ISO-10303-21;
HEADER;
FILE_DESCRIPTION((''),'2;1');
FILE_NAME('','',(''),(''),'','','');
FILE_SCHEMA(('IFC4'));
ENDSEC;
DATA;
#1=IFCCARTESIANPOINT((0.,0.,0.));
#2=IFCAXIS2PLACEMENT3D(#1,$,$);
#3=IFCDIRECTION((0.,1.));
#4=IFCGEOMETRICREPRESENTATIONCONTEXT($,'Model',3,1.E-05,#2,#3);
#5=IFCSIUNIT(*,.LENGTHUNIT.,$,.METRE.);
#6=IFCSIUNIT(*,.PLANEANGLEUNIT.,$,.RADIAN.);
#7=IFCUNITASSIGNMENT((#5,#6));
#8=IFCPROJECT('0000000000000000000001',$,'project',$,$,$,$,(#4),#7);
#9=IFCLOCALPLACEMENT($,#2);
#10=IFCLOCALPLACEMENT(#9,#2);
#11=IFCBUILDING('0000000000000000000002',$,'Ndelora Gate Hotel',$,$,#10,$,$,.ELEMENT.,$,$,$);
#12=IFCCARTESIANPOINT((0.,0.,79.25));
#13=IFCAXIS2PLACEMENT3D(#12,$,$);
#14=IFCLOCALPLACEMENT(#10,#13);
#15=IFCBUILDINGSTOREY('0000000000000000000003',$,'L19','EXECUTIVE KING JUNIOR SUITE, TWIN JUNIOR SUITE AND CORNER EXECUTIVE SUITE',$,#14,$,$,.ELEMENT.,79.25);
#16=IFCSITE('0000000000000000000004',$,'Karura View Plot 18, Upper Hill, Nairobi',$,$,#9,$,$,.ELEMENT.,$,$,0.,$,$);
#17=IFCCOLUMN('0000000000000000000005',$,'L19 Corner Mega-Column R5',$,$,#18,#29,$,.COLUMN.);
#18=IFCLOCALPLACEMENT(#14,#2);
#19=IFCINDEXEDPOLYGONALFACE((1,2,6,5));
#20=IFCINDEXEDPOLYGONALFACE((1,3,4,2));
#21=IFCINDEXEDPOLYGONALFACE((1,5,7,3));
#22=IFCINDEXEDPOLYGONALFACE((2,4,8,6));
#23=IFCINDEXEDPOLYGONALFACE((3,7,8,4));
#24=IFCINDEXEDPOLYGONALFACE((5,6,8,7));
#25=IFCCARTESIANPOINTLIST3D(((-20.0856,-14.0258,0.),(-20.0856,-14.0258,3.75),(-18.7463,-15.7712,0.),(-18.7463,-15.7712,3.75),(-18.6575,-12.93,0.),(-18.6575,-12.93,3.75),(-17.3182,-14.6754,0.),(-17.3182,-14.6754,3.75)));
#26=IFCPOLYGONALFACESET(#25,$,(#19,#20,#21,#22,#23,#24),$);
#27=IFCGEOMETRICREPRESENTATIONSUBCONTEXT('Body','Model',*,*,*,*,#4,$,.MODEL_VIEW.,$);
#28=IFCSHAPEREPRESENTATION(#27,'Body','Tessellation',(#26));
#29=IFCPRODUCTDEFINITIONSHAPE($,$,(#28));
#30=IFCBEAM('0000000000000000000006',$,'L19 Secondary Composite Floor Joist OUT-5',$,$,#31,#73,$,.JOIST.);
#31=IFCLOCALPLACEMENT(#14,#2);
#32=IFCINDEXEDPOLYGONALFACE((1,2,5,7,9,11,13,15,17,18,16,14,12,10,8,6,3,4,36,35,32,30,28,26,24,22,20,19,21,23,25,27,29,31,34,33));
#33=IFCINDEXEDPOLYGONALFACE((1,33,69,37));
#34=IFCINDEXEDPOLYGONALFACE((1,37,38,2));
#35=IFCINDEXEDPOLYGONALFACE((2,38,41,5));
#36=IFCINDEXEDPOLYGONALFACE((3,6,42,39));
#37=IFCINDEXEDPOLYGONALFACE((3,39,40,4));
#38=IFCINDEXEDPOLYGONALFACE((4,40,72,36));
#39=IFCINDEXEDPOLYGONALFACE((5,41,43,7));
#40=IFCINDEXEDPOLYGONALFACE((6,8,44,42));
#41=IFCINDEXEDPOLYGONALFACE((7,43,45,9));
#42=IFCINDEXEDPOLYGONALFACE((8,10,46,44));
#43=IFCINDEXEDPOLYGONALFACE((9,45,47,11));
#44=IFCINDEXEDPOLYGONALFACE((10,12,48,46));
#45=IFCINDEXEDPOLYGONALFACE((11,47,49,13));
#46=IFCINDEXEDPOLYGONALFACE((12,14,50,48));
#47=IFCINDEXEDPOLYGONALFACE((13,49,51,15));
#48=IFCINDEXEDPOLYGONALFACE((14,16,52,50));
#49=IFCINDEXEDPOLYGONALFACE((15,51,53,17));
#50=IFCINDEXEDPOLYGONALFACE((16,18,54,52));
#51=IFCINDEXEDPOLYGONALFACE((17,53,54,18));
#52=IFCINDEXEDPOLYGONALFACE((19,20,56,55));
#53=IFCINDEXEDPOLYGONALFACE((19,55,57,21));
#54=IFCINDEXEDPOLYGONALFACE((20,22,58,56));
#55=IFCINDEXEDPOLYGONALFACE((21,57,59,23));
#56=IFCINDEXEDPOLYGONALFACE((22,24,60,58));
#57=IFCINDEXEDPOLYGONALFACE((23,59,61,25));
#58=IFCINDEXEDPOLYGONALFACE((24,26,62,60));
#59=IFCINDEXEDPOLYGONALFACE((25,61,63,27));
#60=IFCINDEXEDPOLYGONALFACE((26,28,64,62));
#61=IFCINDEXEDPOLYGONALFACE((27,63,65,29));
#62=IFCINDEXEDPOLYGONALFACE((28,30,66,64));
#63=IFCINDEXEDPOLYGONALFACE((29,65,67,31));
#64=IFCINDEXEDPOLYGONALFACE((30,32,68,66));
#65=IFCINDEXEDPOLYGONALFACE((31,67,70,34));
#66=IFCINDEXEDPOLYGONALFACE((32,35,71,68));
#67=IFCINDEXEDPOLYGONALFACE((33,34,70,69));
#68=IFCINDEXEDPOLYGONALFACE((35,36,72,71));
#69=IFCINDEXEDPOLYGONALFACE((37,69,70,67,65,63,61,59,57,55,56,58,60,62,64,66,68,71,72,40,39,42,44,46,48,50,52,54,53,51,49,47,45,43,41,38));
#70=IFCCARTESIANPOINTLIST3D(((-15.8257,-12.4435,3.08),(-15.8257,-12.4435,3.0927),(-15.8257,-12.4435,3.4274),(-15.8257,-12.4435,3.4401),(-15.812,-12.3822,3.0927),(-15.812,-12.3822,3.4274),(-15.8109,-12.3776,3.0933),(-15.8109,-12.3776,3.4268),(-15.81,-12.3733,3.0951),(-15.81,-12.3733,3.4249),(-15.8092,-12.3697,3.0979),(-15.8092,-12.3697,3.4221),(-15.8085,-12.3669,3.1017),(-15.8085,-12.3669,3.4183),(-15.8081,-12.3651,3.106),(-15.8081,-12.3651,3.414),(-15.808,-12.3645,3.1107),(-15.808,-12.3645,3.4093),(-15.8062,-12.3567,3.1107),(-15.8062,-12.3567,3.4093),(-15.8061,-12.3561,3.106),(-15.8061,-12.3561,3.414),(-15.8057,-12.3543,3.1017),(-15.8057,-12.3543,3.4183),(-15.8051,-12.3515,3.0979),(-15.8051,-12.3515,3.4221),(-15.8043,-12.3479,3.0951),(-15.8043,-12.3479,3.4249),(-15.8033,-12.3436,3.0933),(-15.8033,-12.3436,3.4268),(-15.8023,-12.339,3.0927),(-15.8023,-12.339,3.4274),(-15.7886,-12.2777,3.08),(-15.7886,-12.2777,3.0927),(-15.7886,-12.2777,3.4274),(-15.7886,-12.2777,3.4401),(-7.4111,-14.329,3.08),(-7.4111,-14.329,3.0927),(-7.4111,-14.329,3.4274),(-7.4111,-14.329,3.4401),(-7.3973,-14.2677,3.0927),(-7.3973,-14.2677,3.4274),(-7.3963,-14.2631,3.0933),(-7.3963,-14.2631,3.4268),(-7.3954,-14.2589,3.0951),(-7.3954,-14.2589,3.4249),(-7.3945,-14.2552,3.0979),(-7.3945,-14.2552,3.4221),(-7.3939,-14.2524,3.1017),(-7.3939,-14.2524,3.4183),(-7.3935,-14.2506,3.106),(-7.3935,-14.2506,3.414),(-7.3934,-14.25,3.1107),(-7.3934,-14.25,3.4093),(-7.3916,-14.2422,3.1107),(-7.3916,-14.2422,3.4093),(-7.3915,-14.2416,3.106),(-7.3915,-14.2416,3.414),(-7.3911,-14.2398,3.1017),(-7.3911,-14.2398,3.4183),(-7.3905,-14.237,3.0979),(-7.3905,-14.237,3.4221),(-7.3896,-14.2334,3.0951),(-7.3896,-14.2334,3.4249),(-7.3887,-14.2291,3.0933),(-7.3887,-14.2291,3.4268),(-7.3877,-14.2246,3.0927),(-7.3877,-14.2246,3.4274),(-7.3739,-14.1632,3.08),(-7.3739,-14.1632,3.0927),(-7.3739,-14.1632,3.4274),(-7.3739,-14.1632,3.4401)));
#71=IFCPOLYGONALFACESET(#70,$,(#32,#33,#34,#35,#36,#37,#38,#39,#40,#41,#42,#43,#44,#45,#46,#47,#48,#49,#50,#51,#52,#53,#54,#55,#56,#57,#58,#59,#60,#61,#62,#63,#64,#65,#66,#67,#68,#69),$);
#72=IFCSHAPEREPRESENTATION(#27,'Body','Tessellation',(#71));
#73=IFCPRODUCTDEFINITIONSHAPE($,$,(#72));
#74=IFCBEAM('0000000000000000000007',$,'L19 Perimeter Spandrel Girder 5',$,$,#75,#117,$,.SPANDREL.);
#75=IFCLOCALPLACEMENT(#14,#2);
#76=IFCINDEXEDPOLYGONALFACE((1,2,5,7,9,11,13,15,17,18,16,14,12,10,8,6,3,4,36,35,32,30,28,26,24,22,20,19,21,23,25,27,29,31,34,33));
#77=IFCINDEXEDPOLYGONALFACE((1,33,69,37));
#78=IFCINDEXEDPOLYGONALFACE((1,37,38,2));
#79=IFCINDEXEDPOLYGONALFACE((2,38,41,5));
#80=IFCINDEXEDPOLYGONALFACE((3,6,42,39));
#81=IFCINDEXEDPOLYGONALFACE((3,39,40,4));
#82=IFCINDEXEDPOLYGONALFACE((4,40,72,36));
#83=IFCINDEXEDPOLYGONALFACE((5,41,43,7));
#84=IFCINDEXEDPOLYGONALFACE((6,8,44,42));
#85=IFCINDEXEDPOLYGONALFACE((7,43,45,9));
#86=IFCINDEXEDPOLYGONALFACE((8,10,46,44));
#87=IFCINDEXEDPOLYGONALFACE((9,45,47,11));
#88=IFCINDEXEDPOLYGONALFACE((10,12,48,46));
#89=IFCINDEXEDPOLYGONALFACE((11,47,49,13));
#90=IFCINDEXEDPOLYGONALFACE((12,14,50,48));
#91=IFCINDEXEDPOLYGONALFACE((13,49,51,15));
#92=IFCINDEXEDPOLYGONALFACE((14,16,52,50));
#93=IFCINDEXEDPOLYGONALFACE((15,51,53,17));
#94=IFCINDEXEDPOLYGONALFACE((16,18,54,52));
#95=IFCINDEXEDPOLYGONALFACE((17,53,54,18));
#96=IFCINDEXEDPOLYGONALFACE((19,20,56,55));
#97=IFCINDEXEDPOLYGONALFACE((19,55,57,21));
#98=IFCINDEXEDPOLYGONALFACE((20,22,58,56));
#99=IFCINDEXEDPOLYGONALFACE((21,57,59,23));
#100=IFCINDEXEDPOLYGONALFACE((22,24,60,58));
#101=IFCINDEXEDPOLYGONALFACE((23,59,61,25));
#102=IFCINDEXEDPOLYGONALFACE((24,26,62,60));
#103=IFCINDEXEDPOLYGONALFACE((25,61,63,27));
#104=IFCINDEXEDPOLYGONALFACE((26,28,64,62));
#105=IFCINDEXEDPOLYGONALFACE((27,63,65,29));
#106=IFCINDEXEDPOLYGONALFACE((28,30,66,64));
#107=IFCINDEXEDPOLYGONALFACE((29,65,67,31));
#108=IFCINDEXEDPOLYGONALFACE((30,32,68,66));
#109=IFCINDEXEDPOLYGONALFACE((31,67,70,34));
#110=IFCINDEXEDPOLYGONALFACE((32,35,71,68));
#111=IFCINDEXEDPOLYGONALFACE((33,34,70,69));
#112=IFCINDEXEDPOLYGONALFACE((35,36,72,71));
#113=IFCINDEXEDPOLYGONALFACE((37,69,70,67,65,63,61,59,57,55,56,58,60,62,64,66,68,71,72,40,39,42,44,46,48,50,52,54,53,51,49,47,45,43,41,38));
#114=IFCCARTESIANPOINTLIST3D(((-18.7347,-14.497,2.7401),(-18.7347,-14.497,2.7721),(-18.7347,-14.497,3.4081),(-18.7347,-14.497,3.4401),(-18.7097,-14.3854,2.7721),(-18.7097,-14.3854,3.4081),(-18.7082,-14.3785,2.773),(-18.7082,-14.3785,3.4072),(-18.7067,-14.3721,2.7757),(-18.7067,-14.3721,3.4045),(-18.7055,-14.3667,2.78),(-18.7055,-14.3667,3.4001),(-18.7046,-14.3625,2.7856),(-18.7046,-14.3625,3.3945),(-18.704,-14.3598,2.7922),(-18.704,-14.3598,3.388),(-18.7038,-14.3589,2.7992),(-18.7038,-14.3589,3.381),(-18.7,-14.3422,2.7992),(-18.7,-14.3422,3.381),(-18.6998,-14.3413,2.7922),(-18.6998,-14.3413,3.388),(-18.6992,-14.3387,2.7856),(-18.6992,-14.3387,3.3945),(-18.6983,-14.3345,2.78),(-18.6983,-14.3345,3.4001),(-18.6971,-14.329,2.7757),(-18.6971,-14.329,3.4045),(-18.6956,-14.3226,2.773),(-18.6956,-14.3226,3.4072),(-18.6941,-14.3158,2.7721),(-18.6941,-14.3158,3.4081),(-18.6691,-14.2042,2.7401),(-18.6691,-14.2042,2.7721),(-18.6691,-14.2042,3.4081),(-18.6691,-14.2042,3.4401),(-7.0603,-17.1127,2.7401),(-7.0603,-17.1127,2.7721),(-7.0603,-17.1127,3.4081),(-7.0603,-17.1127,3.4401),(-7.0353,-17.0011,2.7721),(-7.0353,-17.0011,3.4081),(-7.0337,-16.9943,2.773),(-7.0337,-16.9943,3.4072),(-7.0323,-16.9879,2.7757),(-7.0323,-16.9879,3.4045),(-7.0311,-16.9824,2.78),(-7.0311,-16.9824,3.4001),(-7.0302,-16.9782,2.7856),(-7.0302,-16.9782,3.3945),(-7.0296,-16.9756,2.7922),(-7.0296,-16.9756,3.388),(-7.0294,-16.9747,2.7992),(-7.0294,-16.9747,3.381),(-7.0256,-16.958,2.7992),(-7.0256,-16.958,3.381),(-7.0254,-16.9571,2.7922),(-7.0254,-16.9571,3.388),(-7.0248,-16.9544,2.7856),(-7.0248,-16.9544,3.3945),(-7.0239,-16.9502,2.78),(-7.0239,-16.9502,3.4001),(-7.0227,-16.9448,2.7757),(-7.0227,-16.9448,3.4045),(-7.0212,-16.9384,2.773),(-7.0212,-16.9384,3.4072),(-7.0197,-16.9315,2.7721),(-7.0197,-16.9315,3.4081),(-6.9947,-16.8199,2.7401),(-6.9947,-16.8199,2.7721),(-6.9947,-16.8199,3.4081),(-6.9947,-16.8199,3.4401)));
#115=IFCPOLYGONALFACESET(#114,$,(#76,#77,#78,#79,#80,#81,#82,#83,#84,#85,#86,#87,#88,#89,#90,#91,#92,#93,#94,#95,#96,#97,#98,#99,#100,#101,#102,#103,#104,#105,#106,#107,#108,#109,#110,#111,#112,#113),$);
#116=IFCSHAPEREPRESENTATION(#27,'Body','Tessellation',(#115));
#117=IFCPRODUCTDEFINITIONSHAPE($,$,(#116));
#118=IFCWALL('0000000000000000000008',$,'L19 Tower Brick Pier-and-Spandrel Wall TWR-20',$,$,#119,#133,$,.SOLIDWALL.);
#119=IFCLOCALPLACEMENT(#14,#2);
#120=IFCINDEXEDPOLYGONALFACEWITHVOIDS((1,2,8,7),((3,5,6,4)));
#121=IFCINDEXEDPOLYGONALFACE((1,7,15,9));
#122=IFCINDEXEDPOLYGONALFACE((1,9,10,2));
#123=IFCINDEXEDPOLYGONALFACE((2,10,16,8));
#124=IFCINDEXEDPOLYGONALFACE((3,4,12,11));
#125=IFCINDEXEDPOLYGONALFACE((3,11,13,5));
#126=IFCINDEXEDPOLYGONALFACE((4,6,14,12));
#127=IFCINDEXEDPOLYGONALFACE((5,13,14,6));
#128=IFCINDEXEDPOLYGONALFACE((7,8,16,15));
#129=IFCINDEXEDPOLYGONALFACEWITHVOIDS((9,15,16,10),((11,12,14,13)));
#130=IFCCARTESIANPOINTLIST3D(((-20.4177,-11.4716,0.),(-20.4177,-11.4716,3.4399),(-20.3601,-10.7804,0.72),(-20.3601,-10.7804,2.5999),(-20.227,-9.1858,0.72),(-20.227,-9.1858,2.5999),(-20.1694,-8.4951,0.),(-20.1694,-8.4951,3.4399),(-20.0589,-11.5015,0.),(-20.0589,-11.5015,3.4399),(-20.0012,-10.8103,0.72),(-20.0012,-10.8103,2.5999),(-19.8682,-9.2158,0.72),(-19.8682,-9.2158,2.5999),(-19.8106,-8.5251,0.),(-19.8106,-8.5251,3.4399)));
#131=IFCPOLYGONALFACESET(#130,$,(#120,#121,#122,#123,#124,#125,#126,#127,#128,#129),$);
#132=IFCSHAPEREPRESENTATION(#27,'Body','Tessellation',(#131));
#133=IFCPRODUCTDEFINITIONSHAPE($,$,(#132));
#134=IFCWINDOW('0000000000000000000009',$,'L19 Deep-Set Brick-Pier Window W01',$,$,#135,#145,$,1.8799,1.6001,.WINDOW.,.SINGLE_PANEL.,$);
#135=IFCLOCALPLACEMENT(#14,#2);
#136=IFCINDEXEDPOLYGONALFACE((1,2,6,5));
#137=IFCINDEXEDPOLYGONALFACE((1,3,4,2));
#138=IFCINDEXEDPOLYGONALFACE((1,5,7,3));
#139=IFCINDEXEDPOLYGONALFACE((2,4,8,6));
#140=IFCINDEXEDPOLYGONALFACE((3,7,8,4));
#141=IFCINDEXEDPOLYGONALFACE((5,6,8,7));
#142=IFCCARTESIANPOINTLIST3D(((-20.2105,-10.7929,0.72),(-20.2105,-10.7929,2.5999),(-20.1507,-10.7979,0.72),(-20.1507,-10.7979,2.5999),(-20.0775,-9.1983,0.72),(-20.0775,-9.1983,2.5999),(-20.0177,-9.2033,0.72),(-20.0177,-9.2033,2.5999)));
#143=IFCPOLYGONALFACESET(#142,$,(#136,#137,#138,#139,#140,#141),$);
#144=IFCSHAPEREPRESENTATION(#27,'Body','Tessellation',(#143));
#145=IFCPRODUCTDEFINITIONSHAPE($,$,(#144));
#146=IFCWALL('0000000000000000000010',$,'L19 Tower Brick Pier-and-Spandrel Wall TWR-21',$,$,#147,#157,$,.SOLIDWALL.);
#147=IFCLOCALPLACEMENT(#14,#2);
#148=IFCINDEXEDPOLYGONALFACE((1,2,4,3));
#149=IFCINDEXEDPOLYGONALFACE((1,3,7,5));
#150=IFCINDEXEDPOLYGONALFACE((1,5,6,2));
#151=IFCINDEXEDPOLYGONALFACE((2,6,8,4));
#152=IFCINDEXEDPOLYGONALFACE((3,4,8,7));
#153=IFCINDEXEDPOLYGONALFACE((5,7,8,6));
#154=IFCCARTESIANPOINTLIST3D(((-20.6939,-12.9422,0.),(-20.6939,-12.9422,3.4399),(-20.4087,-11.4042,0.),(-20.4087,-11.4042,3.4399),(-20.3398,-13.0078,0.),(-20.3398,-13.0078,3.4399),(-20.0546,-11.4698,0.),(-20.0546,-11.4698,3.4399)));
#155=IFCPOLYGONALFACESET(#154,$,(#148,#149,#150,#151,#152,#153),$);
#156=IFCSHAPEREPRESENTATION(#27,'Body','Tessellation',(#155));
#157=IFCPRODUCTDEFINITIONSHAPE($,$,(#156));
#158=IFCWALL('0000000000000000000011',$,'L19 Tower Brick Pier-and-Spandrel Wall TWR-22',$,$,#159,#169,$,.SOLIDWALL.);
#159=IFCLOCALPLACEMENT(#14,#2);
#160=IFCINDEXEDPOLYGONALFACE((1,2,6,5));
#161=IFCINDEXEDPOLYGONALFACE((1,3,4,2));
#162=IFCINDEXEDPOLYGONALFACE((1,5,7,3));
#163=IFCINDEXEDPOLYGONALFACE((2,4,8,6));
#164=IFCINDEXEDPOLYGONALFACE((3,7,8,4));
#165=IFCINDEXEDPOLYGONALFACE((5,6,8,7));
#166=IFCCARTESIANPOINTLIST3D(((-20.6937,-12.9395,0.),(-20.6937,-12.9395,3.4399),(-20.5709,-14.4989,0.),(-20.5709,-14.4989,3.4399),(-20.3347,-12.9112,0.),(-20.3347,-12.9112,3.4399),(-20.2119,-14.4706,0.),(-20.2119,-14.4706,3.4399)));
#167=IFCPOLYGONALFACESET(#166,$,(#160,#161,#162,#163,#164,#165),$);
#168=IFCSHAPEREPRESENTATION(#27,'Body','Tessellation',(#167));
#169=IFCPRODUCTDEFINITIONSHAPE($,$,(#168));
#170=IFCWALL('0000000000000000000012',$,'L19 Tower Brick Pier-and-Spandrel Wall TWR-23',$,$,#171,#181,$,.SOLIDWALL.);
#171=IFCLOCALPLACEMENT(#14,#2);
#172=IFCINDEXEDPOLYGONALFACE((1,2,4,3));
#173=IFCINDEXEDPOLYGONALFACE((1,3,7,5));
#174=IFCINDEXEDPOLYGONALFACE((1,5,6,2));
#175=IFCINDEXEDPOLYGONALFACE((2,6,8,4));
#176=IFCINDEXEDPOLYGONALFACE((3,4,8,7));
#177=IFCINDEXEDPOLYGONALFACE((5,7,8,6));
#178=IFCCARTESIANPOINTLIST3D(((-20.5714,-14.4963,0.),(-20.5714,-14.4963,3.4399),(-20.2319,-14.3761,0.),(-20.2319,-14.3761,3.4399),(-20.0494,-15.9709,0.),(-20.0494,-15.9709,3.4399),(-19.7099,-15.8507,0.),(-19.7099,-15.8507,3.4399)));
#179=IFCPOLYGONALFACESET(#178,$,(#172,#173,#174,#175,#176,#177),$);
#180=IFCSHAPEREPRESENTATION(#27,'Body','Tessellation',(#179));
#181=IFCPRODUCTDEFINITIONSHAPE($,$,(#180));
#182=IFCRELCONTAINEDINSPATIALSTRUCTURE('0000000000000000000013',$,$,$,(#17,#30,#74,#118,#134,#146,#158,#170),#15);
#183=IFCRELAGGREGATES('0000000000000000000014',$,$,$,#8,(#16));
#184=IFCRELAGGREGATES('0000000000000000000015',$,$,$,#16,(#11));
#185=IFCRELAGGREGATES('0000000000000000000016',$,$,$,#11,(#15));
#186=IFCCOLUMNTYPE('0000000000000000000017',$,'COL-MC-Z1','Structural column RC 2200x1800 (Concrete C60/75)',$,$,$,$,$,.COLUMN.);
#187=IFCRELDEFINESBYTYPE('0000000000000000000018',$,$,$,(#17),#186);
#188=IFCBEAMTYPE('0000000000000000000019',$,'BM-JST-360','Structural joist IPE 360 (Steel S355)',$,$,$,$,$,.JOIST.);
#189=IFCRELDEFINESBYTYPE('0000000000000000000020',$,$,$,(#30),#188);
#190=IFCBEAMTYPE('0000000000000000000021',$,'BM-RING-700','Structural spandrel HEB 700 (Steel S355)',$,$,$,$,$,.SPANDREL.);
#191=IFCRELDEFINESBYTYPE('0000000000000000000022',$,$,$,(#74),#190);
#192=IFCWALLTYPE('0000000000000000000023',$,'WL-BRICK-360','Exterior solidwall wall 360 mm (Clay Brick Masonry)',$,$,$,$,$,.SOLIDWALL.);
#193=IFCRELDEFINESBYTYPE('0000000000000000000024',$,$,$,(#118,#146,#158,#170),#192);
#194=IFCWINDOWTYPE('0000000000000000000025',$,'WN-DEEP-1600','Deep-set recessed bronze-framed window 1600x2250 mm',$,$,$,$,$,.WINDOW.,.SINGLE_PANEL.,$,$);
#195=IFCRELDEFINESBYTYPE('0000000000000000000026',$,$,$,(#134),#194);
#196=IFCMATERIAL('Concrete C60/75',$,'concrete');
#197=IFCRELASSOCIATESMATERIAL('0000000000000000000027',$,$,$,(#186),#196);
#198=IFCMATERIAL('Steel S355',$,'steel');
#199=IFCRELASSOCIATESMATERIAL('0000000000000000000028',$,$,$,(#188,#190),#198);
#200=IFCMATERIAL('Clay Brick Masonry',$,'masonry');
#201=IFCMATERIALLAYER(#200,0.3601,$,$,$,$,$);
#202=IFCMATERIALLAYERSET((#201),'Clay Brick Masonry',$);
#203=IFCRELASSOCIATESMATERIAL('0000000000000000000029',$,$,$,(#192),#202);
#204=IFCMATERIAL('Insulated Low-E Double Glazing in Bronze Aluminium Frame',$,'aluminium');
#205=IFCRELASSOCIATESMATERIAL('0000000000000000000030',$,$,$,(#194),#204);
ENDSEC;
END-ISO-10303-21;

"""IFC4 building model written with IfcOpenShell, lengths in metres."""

from ifc_helpers import new_model, si_unit, direction, frame, frame_2d, origin, origin_2d, place, context, subcontext, project, spatial, rectangle, i_section, extrude, material, layer, layer_set, material_profile, profile_set, type_object, element, fill, save


model = new_model("IFC4")

# Units and contexts
model_context = context("Model", 3, precision=1e-05, world=origin(), true_north=direction((0.0, 1.0)))
body_context = subcontext(model_context, "Body", "Model", "MODEL_VIEW")
ifc_project = project(units=[si_unit("LENGTHUNIT", "METRE"), si_unit("PLANEANGLEUNIT", "RADIAN")], contexts=[model_context])

# Site, building, storey
site_placement = place(None, origin())
site = spatial("IfcSite", under=ifc_project, at=site_placement, Name="Karura View Plot 18, Upper Hill, Nairobi", CompositionType="ELEMENT", RefElevation=0.0)
building_placement = place(site_placement, origin())
building = spatial("IfcBuilding", under=site, at=building_placement, Name="Ndelora Gate Hotel", CompositionType="ELEMENT")
storey_placement = place(building_placement, frame((0.0, 0.0, 79.25)))
storey = spatial("IfcBuildingStorey", under=building, at=storey_placement, Name="L19", Description="EXECUTIVE KING JUNIOR SUITE, TWIN JUNIOR SUITE AND CORNER EXECUTIVE SUITE", CompositionType="ELEMENT", Elevation=79.25)

# Column
ifc_material_1 = material(Name="Concrete C60/75", Category="concrete")
ifc_material_profile_1 = material_profile(ifc_material_1, rectangle(XDim=1.8, YDim=2.2, at=origin_2d()), Name="RC 2200x1800")
ifc_profile_set_1 = profile_set([ifc_material_profile_1], Name="Concrete C60/75")
column_type = type_object("IfcColumnType", Name="COL-MC-Z1", Description="Structural column RC 2200x1800 (Concrete C60/75)", PredefinedType="COLUMN", material=ifc_profile_set_1)
column_placement = place(storey_placement, frame((-18.7019, -14.3506, 0.0), z_axis=(0.0, 0.0, 1.0), x_axis=(0.793353, 0.608761, 0.0)))
element("IfcColumn", 1, at=column_placement, inside=storey, type_object=column_type, Name="L19 Corner Mega-Column R5", PredefinedType="COLUMN", context=body_context, shape_type="SweptSolid", body=[
    extrude(rectangle(XDim=1.8, YDim=2.2, at=origin_2d()), origin(), (0.0, 0.0, 1.0), 3.75),
])

# Beams
ifc_material_2 = material(Name="Steel S355", Category="steel")
ifc_material_profile_2 = material_profile(ifc_material_2, i_section(OverallWidth=0.1699, OverallDepth=0.3601, WebThickness=0.0081, FlangeThickness=0.0127, FilletRadius=0.0181, at=origin_2d()), Name="IPE 360")
ifc_profile_set_2 = profile_set([ifc_material_profile_2], Name="Steel S355")
beam_type_1 = type_object("IfcBeamType", Name="BM-JST-360", Description="Structural joist IPE 360 (Steel S355)", PredefinedType="JOIST", material=ifc_profile_set_2)
beam_1_placement = place(storey_placement, frame((-15.8071, -12.3606, 3.26), z_axis=(0.975802, -0.218654, 0.0), x_axis=(0.218654, 0.975802, 0.0)))
element("IfcBeam", 2, at=beam_1_placement, inside=storey, type_object=beam_type_1, Name="L19 Secondary Composite Floor Joist OUT-5", PredefinedType="JOIST", context=body_context, shape_type="SweptSolid", body=[
    extrude(i_section(OverallWidth=0.1699, OverallDepth=0.3601, WebThickness=0.0081, FlangeThickness=0.0127, FilletRadius=0.0181, at=origin_2d()), origin(), (0.0, 0.0, 1.0), 8.6233),
])
ifc_material_profile_3 = material_profile(ifc_material_2, i_section(OverallWidth=0.3, OverallDepth=0.7, WebThickness=0.0171, FlangeThickness=0.032, FilletRadius=0.0271, at=origin_2d()), Name="HEB 700")
ifc_profile_set_3 = profile_set([ifc_material_profile_3], Name="Steel S355")
beam_type_2 = type_object("IfcBeamType", Name="BM-RING-700", Description="Structural spandrel HEB 700 (Steel S355)", PredefinedType="SPANDREL", material=ifc_profile_set_3)
beam_2_placement = place(storey_placement, frame((-18.7019, -14.3506, 3.0901), z_axis=(0.975806, -0.218637, 0.0), x_axis=(0.218637, 0.975806, 0.0)))
element("IfcBeam", 3, at=beam_2_placement, inside=storey, type_object=beam_type_2, Name="L19 Perimeter Spandrel Girder 5", PredefinedType="SPANDREL", context=body_context, shape_type="SweptSolid", body=[
    extrude(i_section(OverallWidth=0.3, OverallDepth=0.7, WebThickness=0.0171, FlangeThickness=0.032, FilletRadius=0.0271, at=origin_2d()), origin(), (0.0, 0.0, 1.0), 11.9639),
])

# Wall, opening, window
ifc_material_3 = material(Name="Clay Brick Masonry", Category="masonry")
ifc_layer_1 = layer(ifc_material_3, 0.3601)
ifc_layer_set_1 = layer_set([ifc_layer_1], Name="Clay Brick Masonry")
wall_type_1 = type_object("IfcWallType", Name="WL-BRICK-360", Description="Exterior solidwall wall 360 mm (Clay Brick Masonry)", PredefinedType="SOLIDWALL", material=ifc_layer_set_1)
wall_1_placement = place(storey_placement, frame((-20.2383, -11.4866, 0.0), z_axis=(0.0, 0.0, 1.0), x_axis=(0.083127, 0.996539, 0.0)))
wall_1 = element("IfcWall", 4, at=wall_1_placement, inside=storey, type_object=wall_type_1, Name="L19 Tower Brick Pier-and-Spandrel Wall TWR-20", PredefinedType="SOLIDWALL", context=body_context, shape_type="SweptSolid", body=[
    extrude(rectangle(XDim=2.9868, YDim=0.3601, at=frame_2d((1.4934, 0.0))), origin(), (0.0, 0.0, 1.0), 3.4399),
])
opening_1_placement = place(wall_1_placement, frame((0.6936, 0.0, 0.72)))
opening_1 = element("IfcOpeningElement", 5, at=opening_1_placement, cuts=wall_1, PredefinedType="OPENING", context=body_context, shape_type="SweptSolid", body=[
    extrude(rectangle(XDim=1.6001, YDim=1.8799, at=frame_2d((0.8, 0.9399))), frame((0.0, 0.1899, 0.0), z_axis=(0.0, -1.0, 0.0), x_axis=(1.0, 0.0, 0.0)), (0.0, 0.0, 1.0), 0.3801),
])
ifc_material_4 = material(Name="Insulated Low-E Double Glazing in Bronze Aluminium Frame", Category="aluminium")
window_type_1 = type_object("IfcWindowType", Name="WN-DEEP-1600", Description="Deep-set recessed bronze-framed window 1600x2250 mm", PartitioningType="SINGLE_PANEL", PredefinedType="WINDOW", material=ifc_material_4)
window_1_placement = place(opening_1_placement, origin())
window_1 = element("IfcWindow", 6, at=window_1_placement, inside=storey, type_object=window_type_1, Name="L19 Deep-Set Brick-Pier Window W01", OverallHeight=1.8799, OverallWidth=1.6001, PartitioningType="SINGLE_PANEL", PredefinedType="WINDOW", context=body_context, shape_type="SweptSolid", body=[
    extrude(rectangle(XDim=1.6001, YDim=1.8799, at=frame_2d((0.8, 0.9399))), frame((0.0, 0.03, 0.0), z_axis=(0.0, -1.0, 0.0), x_axis=(1.0, 0.0, 0.0)), (0.0, 0.0, 1.0), 0.0601),
])
fill(opening_1, window_1)

# Walls
for number, where, z_axis, x_axis, name in (
    (7, (-20.5168, -12.9751, 0.0), (0.0, 0.0, 1.0), (0.18229, 0.983245, 0.0), "L19 Tower Brick Pier-and-Spandrel Wall TWR-21"),
    (8, (-20.3914, -14.4849, 0.0), (0.0, 0.0, 1.0), (-0.078511, 0.996913, 0.0), "L19 Tower Brick Pier-and-Spandrel Wall TWR-22"),
    (9, (-19.8796, -15.9109, 0.0), (0.0, 0.0, 1.0), (-0.333685, 0.942685, 0.0), "L19 Tower Brick Pier-and-Spandrel Wall TWR-23"),
):
    element("IfcWall", number, at=place(storey_placement, frame(where, z_axis=z_axis, x_axis=x_axis)), inside=storey, type_object=wall_type_1, Name=name, PredefinedType="SOLIDWALL", context=body_context, shape_type="SweptSolid", body=[
        extrude(rectangle(XDim=1.5642, YDim=0.3601, at=frame_2d((0.7822, 0.0))), origin(), (0.0, 0.0, 1.0), 3.4399),
    ])

save(model, "model.ifc")
